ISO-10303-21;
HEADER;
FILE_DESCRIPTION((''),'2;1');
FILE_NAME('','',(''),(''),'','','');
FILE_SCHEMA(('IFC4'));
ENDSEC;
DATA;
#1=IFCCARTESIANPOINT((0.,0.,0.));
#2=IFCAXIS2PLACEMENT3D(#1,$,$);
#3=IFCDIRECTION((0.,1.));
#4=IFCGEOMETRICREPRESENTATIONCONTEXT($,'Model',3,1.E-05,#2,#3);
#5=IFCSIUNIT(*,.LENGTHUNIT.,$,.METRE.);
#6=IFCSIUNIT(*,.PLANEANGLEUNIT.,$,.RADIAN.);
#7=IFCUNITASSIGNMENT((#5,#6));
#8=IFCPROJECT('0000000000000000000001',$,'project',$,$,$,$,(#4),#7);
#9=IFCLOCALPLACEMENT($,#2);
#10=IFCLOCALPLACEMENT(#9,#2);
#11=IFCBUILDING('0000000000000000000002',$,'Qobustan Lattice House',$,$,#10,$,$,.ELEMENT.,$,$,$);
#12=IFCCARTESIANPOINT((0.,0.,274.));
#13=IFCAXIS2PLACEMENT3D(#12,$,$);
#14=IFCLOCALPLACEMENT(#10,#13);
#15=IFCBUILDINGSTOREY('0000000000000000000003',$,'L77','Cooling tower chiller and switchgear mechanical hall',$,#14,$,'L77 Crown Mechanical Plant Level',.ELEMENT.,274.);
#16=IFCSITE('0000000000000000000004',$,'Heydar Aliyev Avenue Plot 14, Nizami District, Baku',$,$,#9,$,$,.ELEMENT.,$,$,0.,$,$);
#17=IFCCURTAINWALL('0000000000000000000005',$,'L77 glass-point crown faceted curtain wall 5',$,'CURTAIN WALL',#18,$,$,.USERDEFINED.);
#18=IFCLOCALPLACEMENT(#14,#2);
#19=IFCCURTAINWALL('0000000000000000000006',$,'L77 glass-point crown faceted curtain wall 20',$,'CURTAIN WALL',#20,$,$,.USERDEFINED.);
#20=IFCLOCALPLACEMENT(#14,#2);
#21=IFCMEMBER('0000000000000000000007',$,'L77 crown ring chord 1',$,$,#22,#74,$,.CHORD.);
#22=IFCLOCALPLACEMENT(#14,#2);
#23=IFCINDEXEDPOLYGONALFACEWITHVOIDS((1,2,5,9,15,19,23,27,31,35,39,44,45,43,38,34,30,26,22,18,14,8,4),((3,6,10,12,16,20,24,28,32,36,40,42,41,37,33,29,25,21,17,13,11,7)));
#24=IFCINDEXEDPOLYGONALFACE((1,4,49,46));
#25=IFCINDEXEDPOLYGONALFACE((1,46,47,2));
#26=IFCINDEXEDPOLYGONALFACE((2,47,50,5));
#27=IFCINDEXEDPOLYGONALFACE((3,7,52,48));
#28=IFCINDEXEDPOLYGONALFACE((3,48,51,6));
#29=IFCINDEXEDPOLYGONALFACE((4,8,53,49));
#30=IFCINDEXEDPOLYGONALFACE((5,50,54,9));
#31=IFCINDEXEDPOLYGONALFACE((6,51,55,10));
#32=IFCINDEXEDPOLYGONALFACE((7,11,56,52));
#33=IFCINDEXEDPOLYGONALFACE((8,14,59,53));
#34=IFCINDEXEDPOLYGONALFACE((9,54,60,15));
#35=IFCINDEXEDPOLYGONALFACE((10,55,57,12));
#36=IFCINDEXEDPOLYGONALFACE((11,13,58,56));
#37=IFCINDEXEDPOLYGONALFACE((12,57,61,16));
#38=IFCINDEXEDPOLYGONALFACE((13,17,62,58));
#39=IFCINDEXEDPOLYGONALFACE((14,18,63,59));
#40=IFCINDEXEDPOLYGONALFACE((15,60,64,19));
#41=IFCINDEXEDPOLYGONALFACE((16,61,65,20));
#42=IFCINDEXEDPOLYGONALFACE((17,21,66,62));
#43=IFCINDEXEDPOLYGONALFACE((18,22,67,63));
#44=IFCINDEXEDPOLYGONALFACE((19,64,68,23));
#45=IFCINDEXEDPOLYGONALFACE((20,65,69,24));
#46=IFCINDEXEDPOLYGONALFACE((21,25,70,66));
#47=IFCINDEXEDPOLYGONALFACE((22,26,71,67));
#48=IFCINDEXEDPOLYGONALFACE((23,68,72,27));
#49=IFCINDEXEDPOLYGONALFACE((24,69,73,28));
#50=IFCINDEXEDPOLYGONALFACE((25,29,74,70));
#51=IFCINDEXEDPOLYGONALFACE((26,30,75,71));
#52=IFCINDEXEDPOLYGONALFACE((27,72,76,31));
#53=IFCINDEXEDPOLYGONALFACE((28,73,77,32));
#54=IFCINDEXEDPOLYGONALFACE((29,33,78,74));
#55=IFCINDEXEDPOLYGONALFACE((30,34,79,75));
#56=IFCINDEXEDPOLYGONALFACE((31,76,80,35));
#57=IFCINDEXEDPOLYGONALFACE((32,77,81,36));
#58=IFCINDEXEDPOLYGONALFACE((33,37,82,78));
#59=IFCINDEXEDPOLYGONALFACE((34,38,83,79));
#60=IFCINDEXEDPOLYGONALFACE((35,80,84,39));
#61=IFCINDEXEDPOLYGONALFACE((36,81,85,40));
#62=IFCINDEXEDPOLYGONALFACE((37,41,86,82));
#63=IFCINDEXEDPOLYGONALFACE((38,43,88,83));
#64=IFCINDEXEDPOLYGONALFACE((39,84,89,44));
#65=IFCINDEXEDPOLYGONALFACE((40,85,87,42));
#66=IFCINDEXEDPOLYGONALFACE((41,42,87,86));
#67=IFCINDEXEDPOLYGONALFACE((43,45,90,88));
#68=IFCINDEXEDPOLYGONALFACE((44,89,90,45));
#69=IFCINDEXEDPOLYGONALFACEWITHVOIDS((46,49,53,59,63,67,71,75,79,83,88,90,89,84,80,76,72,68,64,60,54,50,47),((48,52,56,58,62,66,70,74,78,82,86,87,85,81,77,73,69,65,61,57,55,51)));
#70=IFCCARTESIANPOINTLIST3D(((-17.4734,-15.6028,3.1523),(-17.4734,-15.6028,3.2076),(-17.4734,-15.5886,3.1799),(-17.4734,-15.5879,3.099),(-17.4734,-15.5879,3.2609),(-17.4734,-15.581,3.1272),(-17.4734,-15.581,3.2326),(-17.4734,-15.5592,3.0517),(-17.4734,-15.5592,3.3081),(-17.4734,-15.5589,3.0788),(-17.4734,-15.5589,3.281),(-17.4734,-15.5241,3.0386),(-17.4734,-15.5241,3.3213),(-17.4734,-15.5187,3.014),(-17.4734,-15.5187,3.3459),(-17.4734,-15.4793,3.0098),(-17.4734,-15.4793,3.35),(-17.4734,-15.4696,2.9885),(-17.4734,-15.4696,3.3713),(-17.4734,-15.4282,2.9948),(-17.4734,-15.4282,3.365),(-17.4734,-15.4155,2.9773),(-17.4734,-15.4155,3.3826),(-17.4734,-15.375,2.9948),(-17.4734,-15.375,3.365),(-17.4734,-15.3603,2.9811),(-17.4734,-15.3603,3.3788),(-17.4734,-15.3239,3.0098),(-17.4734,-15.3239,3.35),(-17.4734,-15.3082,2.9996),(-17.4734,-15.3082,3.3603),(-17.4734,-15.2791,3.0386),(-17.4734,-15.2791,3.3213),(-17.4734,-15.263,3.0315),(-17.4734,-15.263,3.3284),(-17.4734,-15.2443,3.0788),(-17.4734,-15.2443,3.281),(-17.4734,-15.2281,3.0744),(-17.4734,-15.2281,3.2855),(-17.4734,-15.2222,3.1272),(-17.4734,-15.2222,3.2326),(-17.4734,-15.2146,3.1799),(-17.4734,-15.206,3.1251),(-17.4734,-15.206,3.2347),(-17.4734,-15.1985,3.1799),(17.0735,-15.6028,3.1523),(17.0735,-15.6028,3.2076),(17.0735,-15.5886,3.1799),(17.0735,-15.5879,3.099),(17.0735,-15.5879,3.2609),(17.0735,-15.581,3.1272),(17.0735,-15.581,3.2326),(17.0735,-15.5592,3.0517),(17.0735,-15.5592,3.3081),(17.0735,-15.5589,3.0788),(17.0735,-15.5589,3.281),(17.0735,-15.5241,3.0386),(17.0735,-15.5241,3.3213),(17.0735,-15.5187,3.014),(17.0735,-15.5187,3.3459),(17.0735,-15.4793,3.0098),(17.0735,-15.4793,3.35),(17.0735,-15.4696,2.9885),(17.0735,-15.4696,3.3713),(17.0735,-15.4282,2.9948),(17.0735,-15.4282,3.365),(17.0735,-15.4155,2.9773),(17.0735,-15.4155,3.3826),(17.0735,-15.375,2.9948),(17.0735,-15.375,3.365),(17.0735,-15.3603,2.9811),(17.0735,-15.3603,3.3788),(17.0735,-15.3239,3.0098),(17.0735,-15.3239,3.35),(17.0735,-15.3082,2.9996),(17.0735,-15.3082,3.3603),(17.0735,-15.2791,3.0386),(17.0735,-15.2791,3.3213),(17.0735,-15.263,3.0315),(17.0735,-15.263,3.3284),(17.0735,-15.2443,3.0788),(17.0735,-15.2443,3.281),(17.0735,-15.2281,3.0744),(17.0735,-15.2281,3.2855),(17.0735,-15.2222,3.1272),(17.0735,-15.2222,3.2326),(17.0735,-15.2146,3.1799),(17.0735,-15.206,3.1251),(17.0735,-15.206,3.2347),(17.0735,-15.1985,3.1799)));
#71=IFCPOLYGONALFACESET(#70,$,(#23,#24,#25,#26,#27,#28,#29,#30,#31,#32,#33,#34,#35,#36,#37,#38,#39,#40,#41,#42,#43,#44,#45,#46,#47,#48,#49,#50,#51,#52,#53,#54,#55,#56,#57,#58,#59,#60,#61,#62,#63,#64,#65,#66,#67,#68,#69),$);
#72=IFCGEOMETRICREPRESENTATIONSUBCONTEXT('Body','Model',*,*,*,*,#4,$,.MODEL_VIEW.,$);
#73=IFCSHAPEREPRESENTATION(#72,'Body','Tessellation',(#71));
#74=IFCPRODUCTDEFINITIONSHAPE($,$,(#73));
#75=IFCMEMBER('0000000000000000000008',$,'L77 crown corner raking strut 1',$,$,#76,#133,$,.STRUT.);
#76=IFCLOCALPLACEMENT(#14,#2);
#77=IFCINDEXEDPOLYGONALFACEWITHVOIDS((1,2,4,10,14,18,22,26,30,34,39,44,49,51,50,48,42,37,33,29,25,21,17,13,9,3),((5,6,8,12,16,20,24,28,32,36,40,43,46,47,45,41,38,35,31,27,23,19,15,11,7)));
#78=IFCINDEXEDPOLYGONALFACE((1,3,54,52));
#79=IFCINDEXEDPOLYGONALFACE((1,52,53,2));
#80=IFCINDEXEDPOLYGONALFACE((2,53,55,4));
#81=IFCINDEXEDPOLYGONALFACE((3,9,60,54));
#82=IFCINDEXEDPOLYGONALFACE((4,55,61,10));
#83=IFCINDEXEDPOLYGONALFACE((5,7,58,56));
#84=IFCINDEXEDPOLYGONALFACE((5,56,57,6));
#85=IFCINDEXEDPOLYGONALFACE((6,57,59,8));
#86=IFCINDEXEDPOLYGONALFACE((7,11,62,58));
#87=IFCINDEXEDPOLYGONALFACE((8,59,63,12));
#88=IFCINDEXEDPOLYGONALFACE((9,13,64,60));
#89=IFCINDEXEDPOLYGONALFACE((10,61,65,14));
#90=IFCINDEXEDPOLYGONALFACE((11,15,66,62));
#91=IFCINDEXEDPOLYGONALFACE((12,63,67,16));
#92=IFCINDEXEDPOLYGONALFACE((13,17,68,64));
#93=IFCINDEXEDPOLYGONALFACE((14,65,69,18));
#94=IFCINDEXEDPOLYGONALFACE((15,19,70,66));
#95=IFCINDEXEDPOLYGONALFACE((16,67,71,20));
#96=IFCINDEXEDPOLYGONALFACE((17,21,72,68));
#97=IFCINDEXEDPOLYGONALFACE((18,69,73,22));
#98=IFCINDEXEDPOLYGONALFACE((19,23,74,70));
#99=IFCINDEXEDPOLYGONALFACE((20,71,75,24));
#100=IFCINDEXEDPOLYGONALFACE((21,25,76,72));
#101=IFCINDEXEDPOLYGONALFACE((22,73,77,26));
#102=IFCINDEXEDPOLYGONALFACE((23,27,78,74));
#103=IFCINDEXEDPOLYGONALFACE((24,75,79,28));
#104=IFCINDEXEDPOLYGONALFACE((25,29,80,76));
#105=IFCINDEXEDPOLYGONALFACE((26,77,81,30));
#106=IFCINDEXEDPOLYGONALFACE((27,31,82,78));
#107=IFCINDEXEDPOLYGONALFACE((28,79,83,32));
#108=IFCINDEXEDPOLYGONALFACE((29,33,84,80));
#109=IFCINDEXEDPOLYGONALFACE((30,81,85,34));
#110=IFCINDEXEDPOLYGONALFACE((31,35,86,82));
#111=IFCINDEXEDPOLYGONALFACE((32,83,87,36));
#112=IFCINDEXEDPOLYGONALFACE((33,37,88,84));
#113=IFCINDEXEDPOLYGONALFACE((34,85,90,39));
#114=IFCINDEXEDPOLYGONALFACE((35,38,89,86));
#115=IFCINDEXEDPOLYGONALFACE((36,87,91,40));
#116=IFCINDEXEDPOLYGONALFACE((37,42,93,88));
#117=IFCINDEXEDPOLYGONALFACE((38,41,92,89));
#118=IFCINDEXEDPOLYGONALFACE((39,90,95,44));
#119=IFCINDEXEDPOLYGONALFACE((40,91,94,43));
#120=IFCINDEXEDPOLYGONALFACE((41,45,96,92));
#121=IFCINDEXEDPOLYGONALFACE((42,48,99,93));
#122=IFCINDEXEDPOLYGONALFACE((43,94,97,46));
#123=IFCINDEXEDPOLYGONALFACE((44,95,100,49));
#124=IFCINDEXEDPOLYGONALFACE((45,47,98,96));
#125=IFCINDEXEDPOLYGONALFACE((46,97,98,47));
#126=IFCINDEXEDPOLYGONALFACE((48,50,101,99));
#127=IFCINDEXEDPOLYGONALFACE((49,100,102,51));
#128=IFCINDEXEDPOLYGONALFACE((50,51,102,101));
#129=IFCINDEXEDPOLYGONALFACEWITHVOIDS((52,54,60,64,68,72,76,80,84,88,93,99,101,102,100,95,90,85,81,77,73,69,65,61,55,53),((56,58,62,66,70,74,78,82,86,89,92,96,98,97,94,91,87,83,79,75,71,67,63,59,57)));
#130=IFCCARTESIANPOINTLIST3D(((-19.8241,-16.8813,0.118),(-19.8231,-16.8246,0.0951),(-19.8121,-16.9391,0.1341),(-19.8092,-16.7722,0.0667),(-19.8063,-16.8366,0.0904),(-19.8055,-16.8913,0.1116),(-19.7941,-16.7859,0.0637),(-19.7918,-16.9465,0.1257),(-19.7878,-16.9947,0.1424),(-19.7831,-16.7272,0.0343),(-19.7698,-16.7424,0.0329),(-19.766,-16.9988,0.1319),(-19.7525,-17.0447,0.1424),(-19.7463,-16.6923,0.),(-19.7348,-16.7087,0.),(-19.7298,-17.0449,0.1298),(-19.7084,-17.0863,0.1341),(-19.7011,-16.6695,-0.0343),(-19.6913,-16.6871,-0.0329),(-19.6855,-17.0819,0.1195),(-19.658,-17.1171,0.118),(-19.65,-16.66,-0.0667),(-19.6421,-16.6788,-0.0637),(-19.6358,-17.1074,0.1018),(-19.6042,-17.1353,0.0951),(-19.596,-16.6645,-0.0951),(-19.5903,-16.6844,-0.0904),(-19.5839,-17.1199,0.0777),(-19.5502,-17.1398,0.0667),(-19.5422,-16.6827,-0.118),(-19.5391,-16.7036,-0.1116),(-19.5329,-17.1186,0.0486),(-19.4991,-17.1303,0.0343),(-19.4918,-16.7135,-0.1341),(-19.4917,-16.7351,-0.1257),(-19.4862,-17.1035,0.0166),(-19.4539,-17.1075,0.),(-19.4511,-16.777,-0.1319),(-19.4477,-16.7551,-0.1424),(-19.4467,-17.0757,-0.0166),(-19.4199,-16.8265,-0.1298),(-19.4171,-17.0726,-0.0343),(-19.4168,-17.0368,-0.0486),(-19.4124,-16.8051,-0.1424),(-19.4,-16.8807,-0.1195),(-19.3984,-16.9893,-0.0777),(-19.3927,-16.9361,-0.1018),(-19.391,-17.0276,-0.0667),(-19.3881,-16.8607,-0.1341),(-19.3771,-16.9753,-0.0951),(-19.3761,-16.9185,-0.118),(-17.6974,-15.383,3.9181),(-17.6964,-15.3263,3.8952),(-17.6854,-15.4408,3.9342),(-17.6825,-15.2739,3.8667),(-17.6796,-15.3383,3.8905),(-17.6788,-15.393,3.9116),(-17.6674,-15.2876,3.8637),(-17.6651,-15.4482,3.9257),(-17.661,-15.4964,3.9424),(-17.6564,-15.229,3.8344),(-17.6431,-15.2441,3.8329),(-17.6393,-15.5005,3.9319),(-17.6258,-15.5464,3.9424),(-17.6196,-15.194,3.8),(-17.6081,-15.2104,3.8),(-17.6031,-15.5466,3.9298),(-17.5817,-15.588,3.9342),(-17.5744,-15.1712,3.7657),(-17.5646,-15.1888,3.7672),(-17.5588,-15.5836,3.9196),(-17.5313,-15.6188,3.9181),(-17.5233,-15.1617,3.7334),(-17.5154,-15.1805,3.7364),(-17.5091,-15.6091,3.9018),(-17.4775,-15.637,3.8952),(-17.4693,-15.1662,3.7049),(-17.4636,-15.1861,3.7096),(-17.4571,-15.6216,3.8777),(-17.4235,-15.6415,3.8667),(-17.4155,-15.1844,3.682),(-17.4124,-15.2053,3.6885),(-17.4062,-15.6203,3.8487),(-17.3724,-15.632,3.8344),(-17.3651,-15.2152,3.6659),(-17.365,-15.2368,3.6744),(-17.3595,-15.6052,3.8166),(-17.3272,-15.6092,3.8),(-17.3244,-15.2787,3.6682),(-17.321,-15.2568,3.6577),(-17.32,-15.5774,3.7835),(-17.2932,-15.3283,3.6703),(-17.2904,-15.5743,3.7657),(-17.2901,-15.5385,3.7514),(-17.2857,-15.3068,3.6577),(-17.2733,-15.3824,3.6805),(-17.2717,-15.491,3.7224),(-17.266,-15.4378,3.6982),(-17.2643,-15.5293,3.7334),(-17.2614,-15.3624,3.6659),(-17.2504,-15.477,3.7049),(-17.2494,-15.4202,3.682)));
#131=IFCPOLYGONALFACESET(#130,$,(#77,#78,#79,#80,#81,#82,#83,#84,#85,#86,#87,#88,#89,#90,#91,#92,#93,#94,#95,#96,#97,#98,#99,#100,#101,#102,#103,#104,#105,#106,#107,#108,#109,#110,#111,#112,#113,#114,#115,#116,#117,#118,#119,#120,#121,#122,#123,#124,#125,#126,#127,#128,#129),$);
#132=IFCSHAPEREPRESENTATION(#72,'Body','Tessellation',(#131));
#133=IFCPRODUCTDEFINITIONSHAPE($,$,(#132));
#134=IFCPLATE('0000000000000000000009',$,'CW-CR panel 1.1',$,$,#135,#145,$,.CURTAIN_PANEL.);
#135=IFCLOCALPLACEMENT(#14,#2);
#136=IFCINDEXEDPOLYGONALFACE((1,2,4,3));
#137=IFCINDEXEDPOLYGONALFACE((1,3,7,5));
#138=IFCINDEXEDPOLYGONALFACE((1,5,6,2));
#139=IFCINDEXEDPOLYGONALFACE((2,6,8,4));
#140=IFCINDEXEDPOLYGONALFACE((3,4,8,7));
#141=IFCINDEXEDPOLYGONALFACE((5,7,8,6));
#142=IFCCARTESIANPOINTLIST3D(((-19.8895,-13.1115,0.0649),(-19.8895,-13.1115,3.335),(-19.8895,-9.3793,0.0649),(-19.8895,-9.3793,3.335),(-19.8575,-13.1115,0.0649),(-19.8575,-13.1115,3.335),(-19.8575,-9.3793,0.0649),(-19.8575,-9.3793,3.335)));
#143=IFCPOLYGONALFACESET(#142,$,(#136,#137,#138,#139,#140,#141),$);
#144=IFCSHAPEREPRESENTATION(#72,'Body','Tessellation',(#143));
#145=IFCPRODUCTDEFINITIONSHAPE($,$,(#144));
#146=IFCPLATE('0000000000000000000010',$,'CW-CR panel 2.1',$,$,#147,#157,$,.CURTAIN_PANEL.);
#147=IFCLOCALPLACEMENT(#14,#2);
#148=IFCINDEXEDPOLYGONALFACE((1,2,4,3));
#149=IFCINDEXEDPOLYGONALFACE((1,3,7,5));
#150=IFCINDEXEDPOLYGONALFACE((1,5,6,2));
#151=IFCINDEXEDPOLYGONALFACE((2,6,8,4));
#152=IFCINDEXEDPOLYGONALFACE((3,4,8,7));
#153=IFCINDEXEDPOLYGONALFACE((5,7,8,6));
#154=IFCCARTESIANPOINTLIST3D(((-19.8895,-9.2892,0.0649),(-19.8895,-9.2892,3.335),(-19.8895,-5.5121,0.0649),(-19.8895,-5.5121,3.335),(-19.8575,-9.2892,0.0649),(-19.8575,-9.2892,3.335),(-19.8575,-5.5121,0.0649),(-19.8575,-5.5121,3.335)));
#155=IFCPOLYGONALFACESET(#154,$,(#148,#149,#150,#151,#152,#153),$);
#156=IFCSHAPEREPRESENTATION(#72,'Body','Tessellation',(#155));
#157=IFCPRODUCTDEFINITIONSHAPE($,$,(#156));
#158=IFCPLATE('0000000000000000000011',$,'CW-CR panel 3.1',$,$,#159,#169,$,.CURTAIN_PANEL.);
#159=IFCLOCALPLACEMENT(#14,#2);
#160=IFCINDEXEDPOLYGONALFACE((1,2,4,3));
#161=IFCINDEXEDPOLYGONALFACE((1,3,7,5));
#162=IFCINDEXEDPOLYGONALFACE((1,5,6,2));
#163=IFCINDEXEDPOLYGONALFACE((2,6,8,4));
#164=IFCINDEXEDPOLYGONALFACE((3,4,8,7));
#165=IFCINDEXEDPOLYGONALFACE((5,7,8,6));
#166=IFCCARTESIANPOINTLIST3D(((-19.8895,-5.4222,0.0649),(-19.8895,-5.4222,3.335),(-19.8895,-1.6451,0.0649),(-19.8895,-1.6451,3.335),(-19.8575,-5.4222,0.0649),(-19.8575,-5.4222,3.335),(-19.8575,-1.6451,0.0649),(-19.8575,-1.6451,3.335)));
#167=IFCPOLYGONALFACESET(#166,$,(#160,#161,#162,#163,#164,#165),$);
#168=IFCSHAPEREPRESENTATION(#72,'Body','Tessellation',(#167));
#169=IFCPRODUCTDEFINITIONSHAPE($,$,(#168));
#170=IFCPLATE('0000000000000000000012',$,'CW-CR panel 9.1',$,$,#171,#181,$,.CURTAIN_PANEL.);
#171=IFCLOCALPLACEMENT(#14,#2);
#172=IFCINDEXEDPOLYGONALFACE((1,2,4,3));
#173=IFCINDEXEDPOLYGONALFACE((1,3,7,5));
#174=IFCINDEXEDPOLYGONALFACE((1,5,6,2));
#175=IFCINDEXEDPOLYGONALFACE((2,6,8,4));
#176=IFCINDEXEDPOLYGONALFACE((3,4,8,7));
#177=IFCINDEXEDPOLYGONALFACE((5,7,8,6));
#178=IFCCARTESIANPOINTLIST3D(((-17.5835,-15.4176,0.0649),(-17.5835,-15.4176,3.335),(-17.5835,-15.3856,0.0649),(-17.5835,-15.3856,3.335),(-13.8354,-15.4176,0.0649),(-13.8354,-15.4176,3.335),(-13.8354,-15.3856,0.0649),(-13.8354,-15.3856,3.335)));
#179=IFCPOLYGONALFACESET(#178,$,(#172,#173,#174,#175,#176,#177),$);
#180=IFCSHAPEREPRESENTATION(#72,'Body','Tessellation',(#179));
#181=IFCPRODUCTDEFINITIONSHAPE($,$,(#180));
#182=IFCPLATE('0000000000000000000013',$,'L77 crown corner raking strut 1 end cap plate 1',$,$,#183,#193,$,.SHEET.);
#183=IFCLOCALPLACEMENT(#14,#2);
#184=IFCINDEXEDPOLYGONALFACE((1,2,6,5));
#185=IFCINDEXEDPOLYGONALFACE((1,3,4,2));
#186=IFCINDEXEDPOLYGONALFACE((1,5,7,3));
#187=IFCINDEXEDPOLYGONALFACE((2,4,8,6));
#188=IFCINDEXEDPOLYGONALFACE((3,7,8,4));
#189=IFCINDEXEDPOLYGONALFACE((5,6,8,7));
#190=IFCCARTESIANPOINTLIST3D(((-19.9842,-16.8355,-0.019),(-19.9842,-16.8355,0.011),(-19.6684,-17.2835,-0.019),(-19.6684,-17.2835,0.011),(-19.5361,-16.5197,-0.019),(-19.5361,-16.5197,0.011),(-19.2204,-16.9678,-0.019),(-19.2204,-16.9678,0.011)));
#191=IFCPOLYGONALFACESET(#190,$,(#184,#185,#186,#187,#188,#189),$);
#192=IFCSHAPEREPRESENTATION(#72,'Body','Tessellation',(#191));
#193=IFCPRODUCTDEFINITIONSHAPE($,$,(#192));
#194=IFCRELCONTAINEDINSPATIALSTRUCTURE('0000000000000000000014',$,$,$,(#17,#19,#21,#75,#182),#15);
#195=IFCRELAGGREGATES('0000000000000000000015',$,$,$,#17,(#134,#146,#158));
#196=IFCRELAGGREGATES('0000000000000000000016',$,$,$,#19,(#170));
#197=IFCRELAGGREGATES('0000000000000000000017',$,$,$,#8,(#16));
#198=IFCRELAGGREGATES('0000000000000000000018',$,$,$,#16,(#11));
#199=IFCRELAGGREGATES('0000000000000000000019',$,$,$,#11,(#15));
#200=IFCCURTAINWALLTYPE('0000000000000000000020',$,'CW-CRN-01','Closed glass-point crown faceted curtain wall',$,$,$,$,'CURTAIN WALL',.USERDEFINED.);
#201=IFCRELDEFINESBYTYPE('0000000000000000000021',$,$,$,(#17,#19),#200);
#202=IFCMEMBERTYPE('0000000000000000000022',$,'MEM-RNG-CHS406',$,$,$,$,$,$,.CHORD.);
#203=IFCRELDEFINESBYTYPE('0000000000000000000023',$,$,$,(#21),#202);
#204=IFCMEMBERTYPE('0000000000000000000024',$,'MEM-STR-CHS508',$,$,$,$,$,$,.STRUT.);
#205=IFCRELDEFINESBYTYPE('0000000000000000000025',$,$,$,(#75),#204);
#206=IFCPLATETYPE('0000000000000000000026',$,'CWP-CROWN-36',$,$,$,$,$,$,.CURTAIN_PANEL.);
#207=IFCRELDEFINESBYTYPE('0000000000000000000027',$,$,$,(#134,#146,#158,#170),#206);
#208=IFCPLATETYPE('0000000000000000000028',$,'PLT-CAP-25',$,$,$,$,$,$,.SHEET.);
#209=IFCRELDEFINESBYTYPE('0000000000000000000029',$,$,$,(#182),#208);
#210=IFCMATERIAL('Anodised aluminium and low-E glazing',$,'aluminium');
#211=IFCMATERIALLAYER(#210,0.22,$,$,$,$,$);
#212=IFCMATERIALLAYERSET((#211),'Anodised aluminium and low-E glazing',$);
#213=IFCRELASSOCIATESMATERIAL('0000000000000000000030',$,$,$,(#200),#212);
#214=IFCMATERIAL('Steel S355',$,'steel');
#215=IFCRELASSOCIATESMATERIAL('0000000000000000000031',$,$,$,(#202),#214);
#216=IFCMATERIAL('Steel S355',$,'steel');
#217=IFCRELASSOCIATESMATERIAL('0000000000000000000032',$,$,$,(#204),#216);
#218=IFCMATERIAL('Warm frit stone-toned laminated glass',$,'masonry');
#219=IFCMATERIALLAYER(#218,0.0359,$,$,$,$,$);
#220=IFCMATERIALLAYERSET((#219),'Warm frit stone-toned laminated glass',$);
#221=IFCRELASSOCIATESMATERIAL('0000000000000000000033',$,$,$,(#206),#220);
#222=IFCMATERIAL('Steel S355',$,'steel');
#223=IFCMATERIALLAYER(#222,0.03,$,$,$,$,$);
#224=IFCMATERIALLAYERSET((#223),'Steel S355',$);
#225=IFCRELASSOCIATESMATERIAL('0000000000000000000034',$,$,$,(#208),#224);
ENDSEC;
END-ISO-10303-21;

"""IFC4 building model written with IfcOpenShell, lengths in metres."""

from ifc_helpers import new_model, si_unit, direction, frame, origin, origin_2d, place, context, subcontext, project, spatial, rectangle, hollow_circle, extrude, material, layer, layer_set, material_profile, profile_set, type_object, element, aggregate, save


model = new_model("IFC4")

# Units and contexts
model_context = context("Model", 3, precision=1e-05, world=origin(), true_north=direction((0.0, 1.0)))
body_context = subcontext(model_context, "Body", "Model", "MODEL_VIEW")
ifc_project = project(units=[si_unit("LENGTHUNIT", "METRE"), si_unit("PLANEANGLEUNIT", "RADIAN")], contexts=[model_context])

# Site, building, storey
site_placement = place(None, origin())
site = spatial("IfcSite", under=ifc_project, at=site_placement, Name="Heydar Aliyev Avenue Plot 14, Nizami District, Baku", CompositionType="ELEMENT", RefElevation=0.0)
building_placement = place(site_placement, origin())
building = spatial("IfcBuilding", under=site, at=building_placement, Name="Qobustan Lattice House", CompositionType="ELEMENT")
storey_placement = place(building_placement, frame((0.0, 0.0, 274.0)))
storey = spatial("IfcBuildingStorey", under=building, at=storey_placement, Name="L77", Description="Cooling tower chiller and switchgear mechanical hall", LongName="L77 Crown Mechanical Plant Level", CompositionType="ELEMENT", Elevation=274.0)

# Curtain wall
ifc_material_1 = material(Name="Anodised aluminium and low-E glazing", Category="aluminium")
ifc_layer_1 = layer(ifc_material_1, 0.22)
ifc_layer_set_1 = layer_set([ifc_layer_1], Name="Anodised aluminium and low-E glazing")
curtain_wall_type = type_object("IfcCurtainWallType", Name="CW-CRN-01", Description="Closed glass-point crown faceted curtain wall", ElementType="CURTAIN WALL", PredefinedType="USERDEFINED", material=ifc_layer_set_1)
curtain_wall_1_placement = place(storey_placement, origin())
curtain_wall_1 = element("IfcCurtainWall", 1, at=curtain_wall_1_placement, inside=storey, type_object=curtain_wall_type, Name="L77 glass-point crown faceted curtain wall 5", ObjectType="CURTAIN WALL", PredefinedType="USERDEFINED")

# Curtain wall
curtain_wall_2_placement = place(storey_placement, origin())
curtain_wall_2 = element("IfcCurtainWall", 2, at=curtain_wall_2_placement, inside=storey, type_object=curtain_wall_type, Name="L77 glass-point crown faceted curtain wall 20", ObjectType="CURTAIN WALL", PredefinedType="USERDEFINED")

# Members
ifc_material_2 = material(Name="Steel S355", Category="steel")
ifc_material_profile_1 = material_profile(ifc_material_2, hollow_circle(Radius=0.2031, WallThickness=0.0161, at=origin_2d()), Name="CHS406.4x16")
ifc_profile_set_1 = profile_set([ifc_material_profile_1], Name="Steel S355")
member_type_1 = type_object("IfcMemberType", Name="MEM-RNG-CHS406", PredefinedType="CHORD", material=ifc_profile_set_1)
member_1_placement = place(storey_placement, frame((-17.4734, -15.4016, 3.1799), z_axis=(1.0, 0.0, 0.0), x_axis=(0.0, 1.0, 0.0)))
element("IfcMember", 3, at=member_1_placement, inside=storey, type_object=member_type_1, Name="L77 crown ring chord 1", PredefinedType="CHORD", context=body_context, shape_type="SweptSolid", body=[
    extrude(hollow_circle(Radius=0.2031, WallThickness=0.0161, at=origin_2d()), origin(), (0.0, 0.0, 1.0), 34.5469),
])
ifc_material_3 = material(Name="Steel S355", Category="steel")
ifc_material_profile_2 = material_profile(ifc_material_3, hollow_circle(Radius=0.2539, WallThickness=0.02, at=origin_2d()), Name="CHS508x20")
ifc_profile_set_2 = profile_set([ifc_material_profile_2], Name="Steel S355")
member_type_2 = type_object("IfcMemberType", Name="MEM-STR-CHS508", PredefinedType="STRUT", material=ifc_profile_set_2)
member_2_placement = place(storey_placement, frame((-19.6001, -16.8999, 0.0), z_axis=(0.461803, 0.325346, 0.82516), x_axis=(-0.575935, 0.817495, 0.0)))
element("IfcMember", 4, at=member_2_placement, inside=storey, type_object=member_type_2, Name="L77 crown corner raking strut 1", PredefinedType="STRUT", context=body_context, shape_type="SweptSolid", body=[
    extrude(hollow_circle(Radius=0.2539, WallThickness=0.02, at=origin_2d()), origin(), (0.0, 0.0, 1.0), 4.6052),
])

# Plates
ifc_material_4 = material(Name="Warm frit stone-toned laminated glass", Category="masonry")
ifc_layer_2 = layer(ifc_material_4, 0.0359)
ifc_layer_set_2 = layer_set([ifc_layer_2], Name="Warm frit stone-toned laminated glass")
plate_type_1 = type_object("IfcPlateType", Name="CWP-CROWN-36", PredefinedType="CURTAIN_PANEL", material=ifc_layer_set_2)
plate_1_placement = place(storey_placement, frame((-19.8735, -11.2454, 0.0649), z_axis=(0.0, 0.0, 1.0), x_axis=(0.0, 1.0, 0.0)))
plate_1 = element("IfcPlate", 5, at=plate_1_placement, type_object=plate_type_1, Name="CW-CR panel 1.1", PredefinedType="CURTAIN_PANEL", context=body_context, shape_type="SweptSolid", body=[
    extrude(rectangle(XDim=3.7322, YDim=0.032, at=origin_2d()), origin(), (0.0, 0.0, 1.0), 3.27),
])
plate_2_placement = place(storey_placement, frame((-19.8735, -7.4006, 0.0649), z_axis=(0.0, 0.0, 1.0), x_axis=(0.0, 1.0, 0.0)))
plate_2 = element("IfcPlate", 6, at=plate_2_placement, type_object=plate_type_1, Name="CW-CR panel 2.1", PredefinedType="CURTAIN_PANEL", context=body_context, shape_type="SweptSolid", body=[
    extrude(rectangle(XDim=3.7771, YDim=0.032, at=origin_2d()), origin(), (0.0, 0.0, 1.0), 3.27),
])
plate_3_placement = place(storey_placement, frame((-19.8735, -3.5337, 0.0649), z_axis=(0.0, 0.0, 1.0), x_axis=(0.0, 1.0, 0.0)))
plate_3 = element("IfcPlate", 7, at=plate_3_placement, type_object=plate_type_1, Name="CW-CR panel 3.1", PredefinedType="CURTAIN_PANEL", context=body_context, shape_type="SweptSolid", body=[
    extrude(rectangle(XDim=3.7771, YDim=0.032, at=origin_2d()), origin(), (0.0, 0.0, 1.0), 3.27),
])
aggregate(curtain_wall_1, [plate_1, plate_2, plate_3])
plate_4_placement = place(storey_placement, frame((-15.7095, -15.4016, 0.0649), z_axis=(0.0, 0.0, 1.0), x_axis=(-1.0, 0.0, 0.0)))
plate_4 = element("IfcPlate", 8, at=plate_4_placement, type_object=plate_type_1, Name="CW-CR panel 9.1", PredefinedType="CURTAIN_PANEL", context=body_context, shape_type="SweptSolid", body=[
    extrude(rectangle(XDim=3.748, YDim=0.032, at=origin_2d()), origin(), (0.0, 0.0, 1.0), 3.27),
])
aggregate(curtain_wall_2, [plate_4])

# Plate
ifc_material_5 = material(Name="Steel S355", Category="steel")
ifc_layer_3 = layer(ifc_material_5, 0.03)
ifc_layer_set_3 = layer_set([ifc_layer_3], Name="Steel S355")
plate_type_2 = type_object("IfcPlateType", Name="PLT-CAP-25", PredefinedType="SHEET", material=ifc_layer_set_3)
for number, where, z_axis, x_axis, name in (
    (9, (-19.6023, -16.9016, -0.019), (0.0, 0.0, 1.0), (0.817426, 0.576033, 0.0), "L77 crown corner raking strut 1 end cap plate 1"),
):
    element("IfcPlate", number, at=place(storey_placement, frame(where, z_axis=z_axis, x_axis=x_axis)), inside=storey, type_object=plate_type_2, Name=name, PredefinedType="SHEET", context=body_context, shape_type="SweptSolid", body=[
        extrude(rectangle(XDim=0.5481, YDim=0.5481, at=origin_2d()), origin(), (0.0, 0.0, 1.0), 0.03),
    ])

save(model, "model.ifc")
